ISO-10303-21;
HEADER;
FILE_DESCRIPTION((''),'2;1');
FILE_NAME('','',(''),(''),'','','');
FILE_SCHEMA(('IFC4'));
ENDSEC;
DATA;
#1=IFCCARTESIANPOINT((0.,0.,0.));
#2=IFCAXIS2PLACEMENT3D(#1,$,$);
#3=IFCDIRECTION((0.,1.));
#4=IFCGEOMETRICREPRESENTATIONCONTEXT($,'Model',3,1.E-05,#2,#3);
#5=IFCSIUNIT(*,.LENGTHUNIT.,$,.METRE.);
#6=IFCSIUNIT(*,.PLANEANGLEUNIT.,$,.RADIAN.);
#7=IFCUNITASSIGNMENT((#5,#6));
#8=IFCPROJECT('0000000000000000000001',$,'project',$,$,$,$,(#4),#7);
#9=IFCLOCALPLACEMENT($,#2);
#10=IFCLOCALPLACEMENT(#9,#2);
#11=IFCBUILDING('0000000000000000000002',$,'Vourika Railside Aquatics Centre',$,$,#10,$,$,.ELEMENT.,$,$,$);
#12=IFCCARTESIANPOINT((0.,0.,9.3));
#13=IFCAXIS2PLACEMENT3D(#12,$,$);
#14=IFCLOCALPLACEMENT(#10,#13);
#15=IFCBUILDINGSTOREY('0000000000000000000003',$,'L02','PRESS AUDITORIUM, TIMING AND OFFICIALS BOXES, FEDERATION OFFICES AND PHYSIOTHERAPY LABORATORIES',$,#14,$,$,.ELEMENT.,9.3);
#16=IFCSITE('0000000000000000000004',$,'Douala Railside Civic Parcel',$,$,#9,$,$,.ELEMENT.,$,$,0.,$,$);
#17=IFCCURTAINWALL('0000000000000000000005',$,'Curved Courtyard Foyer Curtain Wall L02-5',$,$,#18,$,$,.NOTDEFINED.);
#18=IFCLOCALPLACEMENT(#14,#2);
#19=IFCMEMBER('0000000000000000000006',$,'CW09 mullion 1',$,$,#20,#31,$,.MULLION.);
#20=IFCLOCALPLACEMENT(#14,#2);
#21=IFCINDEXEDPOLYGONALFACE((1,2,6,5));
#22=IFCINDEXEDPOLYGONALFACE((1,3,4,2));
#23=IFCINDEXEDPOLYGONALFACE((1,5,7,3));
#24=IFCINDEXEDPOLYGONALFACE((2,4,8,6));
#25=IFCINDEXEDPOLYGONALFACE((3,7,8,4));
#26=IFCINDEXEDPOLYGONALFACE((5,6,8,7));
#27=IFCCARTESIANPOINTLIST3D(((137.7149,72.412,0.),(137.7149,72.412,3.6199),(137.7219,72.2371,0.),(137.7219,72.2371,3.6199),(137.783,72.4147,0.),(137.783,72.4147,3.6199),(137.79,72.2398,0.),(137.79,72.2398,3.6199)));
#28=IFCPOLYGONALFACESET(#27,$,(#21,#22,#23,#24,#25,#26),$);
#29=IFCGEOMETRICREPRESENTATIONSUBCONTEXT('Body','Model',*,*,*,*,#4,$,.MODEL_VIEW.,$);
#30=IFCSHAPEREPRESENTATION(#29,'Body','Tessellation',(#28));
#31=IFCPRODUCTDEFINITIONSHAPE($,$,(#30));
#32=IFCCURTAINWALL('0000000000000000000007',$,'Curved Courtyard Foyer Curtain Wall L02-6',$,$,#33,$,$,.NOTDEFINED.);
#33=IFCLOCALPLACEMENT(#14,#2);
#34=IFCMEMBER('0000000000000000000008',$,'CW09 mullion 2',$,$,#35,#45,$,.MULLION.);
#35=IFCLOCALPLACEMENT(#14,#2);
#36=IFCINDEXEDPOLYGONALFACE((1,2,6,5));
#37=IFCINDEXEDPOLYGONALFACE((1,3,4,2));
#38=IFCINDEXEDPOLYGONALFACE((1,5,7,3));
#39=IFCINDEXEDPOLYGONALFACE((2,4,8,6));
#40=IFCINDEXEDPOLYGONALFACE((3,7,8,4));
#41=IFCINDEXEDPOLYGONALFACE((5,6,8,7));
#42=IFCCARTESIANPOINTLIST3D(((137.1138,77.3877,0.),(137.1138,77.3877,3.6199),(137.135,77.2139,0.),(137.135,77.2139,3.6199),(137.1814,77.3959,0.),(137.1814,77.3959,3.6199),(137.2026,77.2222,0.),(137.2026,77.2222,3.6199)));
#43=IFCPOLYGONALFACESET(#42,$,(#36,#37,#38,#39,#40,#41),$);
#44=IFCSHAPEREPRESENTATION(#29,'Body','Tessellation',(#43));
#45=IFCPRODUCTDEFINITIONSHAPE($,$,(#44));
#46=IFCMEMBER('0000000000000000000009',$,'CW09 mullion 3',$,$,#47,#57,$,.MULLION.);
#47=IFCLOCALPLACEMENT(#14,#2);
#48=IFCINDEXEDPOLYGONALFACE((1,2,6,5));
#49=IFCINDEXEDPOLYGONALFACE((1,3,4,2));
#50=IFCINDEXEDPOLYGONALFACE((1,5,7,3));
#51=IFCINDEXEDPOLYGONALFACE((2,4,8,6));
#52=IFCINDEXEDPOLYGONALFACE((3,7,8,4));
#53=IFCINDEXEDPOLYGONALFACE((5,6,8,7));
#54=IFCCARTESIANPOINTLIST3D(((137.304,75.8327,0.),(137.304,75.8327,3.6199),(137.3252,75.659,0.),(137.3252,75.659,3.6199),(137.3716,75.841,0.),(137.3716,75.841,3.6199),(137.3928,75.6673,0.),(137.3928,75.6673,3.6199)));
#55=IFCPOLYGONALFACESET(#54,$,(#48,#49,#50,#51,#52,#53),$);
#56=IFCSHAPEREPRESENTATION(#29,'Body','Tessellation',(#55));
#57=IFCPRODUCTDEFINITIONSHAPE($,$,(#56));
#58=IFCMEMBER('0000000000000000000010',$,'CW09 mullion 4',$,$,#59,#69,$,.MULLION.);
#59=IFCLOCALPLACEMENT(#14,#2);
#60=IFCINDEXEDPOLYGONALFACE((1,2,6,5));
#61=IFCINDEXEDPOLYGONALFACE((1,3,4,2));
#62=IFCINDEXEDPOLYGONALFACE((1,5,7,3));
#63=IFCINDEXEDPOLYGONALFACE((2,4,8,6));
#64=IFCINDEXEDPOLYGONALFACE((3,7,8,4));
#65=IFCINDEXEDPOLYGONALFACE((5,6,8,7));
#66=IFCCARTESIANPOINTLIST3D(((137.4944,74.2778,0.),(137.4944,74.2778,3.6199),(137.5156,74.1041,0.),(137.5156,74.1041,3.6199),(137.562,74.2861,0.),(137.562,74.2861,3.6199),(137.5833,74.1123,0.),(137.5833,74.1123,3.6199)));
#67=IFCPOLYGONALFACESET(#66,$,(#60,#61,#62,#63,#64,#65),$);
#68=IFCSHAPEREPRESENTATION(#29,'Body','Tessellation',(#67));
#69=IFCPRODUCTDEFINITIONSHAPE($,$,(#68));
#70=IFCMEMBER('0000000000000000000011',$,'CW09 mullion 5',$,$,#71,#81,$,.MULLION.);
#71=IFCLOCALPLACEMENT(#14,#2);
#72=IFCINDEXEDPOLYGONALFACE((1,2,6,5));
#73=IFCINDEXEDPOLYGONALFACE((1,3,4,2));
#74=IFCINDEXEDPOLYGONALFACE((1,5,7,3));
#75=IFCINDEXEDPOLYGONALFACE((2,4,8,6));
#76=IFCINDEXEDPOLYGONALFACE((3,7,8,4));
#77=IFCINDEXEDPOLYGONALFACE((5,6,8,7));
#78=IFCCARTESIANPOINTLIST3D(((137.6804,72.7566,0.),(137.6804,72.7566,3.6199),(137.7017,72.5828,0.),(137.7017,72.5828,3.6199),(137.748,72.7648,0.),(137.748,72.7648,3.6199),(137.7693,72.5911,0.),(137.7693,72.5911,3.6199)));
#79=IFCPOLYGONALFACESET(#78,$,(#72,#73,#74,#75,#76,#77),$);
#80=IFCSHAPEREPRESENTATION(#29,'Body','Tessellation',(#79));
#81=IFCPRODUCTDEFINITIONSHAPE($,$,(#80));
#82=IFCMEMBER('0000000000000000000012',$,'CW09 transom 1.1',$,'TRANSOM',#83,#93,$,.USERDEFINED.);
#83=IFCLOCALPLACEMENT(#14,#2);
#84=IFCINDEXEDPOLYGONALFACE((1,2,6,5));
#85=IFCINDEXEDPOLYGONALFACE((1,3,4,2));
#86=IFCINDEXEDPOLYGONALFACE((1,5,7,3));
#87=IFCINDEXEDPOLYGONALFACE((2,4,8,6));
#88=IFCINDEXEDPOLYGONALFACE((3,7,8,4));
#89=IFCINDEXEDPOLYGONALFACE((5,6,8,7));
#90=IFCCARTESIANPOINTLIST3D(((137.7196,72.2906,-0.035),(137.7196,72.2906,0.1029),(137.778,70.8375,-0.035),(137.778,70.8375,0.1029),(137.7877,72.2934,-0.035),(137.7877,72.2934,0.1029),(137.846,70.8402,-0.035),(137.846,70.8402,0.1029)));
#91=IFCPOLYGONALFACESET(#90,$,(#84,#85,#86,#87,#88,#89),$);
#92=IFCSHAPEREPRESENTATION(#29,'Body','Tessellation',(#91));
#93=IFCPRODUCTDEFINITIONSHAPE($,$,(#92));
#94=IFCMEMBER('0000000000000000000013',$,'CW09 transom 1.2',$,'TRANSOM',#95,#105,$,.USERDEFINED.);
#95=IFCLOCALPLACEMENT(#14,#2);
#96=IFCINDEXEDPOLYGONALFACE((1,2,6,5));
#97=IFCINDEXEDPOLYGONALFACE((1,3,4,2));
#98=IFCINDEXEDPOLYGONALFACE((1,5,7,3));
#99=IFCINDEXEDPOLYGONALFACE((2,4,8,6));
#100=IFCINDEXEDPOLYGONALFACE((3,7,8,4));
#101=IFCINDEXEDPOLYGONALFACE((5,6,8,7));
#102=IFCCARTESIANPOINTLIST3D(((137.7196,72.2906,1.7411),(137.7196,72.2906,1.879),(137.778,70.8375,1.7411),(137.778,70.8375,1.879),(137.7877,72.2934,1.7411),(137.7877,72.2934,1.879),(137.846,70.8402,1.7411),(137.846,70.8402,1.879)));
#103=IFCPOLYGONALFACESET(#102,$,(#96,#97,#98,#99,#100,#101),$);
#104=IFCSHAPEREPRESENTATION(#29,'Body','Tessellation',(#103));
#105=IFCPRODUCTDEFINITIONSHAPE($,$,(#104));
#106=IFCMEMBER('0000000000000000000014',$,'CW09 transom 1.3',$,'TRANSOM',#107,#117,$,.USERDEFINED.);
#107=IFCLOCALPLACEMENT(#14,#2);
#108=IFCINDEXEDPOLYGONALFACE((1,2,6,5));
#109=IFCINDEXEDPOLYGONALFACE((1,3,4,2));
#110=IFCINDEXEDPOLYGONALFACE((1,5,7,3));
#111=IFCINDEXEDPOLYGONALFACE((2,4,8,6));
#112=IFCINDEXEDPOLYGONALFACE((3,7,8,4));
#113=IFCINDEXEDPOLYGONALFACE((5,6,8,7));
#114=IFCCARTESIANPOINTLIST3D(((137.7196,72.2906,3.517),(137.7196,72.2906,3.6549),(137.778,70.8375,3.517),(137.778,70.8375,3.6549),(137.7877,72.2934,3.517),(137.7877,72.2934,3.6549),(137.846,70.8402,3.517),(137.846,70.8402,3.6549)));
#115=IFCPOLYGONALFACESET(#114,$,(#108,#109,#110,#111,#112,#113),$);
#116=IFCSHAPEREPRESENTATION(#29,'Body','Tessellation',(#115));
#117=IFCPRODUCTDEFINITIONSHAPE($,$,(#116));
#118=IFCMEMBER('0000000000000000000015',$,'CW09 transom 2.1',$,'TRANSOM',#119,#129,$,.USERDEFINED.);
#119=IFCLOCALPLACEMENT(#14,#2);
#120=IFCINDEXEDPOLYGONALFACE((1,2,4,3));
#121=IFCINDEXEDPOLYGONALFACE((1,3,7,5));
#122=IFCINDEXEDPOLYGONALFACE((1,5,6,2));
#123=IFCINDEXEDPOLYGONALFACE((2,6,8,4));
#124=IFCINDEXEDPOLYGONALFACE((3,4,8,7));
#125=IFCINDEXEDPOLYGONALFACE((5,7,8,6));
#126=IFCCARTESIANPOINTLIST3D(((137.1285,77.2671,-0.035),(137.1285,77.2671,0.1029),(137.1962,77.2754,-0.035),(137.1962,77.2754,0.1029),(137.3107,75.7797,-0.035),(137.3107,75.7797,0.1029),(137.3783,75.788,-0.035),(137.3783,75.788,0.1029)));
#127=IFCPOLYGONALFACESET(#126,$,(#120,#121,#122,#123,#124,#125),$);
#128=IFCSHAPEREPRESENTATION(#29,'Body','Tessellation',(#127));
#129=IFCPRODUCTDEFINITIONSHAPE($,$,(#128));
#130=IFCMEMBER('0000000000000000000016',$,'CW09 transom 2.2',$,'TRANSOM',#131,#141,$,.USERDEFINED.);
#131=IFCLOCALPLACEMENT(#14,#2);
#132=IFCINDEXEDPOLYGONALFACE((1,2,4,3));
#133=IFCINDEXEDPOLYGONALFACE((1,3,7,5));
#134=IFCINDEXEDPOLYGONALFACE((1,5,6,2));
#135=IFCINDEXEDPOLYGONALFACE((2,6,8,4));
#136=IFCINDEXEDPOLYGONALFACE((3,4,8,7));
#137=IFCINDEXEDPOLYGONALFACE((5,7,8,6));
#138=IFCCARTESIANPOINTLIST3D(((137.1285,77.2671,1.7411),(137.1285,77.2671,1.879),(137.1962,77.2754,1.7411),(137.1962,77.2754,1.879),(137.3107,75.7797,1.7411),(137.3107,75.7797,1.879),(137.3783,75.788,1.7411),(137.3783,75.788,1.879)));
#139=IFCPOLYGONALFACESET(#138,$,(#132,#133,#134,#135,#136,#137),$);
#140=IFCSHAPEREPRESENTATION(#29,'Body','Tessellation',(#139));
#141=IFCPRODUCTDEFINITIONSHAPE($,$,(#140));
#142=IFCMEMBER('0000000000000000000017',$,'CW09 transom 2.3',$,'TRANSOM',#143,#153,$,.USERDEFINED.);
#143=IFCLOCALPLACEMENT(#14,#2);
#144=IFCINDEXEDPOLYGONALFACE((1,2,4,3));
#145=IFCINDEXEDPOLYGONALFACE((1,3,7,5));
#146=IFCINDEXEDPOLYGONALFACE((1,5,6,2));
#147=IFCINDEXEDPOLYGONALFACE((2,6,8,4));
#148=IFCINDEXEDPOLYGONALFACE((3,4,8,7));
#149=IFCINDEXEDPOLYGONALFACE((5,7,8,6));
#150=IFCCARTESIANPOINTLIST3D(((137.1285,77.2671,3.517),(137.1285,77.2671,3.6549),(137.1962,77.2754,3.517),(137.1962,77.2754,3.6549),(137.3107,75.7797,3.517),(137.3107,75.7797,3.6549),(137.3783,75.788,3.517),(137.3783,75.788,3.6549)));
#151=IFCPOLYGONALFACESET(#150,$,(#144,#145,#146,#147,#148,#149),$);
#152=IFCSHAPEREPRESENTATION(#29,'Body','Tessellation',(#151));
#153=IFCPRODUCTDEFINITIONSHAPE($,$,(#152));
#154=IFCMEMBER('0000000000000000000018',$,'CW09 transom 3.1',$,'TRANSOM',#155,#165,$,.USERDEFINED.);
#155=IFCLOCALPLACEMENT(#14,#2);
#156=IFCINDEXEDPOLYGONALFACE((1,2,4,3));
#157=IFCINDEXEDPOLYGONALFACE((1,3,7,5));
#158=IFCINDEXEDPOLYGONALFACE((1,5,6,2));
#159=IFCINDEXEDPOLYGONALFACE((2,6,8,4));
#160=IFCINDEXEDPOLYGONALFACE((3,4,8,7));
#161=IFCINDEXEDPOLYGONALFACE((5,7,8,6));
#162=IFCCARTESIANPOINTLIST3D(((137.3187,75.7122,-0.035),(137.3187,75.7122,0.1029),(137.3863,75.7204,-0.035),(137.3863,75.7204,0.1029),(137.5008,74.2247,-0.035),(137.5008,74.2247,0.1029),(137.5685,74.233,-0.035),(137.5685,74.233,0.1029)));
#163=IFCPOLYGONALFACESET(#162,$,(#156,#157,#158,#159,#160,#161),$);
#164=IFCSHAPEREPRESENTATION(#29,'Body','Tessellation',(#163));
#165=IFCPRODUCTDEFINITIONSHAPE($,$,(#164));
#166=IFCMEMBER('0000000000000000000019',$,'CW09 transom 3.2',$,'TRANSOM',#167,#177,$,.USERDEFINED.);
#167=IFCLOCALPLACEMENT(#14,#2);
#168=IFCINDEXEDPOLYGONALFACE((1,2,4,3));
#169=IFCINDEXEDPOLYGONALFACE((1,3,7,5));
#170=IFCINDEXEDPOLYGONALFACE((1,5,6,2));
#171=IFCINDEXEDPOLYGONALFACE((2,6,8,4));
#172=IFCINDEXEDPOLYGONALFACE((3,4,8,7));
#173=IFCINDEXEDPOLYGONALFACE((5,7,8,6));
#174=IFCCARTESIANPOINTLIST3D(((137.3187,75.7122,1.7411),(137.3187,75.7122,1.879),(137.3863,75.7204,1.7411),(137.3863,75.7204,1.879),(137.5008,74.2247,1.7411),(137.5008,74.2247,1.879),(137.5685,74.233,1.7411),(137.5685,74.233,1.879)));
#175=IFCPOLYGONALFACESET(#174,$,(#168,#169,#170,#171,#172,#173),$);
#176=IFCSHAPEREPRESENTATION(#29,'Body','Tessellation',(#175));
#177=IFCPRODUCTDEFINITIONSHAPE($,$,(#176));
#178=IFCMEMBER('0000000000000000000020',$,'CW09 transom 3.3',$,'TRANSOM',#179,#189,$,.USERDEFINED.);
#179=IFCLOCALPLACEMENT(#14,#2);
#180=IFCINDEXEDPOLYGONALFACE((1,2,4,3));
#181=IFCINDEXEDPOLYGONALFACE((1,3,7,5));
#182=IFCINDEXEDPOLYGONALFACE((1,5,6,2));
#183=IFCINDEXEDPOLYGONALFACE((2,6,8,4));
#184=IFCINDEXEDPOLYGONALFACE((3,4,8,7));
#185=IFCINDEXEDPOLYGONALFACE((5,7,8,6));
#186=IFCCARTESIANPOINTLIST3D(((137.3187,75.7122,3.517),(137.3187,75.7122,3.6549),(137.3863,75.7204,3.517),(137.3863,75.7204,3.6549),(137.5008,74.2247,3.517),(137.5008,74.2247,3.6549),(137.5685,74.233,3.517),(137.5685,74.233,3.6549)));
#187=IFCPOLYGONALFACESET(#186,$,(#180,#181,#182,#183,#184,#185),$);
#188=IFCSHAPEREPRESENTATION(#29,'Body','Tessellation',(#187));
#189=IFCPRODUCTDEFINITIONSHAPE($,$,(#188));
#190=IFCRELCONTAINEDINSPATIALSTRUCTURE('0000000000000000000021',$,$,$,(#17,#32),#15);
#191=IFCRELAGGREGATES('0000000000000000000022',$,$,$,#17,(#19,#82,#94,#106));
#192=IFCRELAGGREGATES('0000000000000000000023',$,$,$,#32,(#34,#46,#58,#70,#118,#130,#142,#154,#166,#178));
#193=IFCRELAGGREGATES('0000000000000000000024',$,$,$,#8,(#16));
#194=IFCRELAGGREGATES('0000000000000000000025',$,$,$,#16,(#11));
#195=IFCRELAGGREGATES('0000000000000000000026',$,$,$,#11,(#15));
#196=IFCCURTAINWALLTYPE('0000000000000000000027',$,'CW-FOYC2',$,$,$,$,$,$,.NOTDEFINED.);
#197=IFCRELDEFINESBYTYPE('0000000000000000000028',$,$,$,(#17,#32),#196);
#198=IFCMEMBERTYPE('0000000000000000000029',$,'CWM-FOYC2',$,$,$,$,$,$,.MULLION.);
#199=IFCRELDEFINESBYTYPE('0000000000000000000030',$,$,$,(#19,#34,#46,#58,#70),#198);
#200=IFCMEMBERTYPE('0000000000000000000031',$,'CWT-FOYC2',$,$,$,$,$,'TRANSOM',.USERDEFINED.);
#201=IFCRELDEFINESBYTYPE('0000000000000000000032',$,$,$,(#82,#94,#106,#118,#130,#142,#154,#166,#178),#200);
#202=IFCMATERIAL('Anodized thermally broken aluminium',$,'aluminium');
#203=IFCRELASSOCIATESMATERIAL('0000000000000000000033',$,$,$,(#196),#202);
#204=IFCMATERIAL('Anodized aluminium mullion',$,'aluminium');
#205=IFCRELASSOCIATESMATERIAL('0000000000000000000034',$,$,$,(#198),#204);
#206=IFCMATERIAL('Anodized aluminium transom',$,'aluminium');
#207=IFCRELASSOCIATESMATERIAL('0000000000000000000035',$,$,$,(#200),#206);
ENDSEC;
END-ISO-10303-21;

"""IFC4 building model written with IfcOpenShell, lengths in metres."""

from ifc_helpers import new_model, si_unit, direction, frame, origin, origin_2d, place, context, subcontext, project, spatial, rectangle, extrude, material, material_profile, profile_set, type_object, element, aggregate, save


model = new_model("IFC4")

# Units and contexts
model_context = context("Model", 3, precision=1e-05, world=origin(), true_north=direction((0.0, 1.0)))
body_context = subcontext(model_context, "Body", "Model", "MODEL_VIEW")
ifc_project = project(units=[si_unit("LENGTHUNIT", "METRE"), si_unit("PLANEANGLEUNIT", "RADIAN")], contexts=[model_context])

# Site, building, storey
site_placement = place(None, origin())
site = spatial("IfcSite", under=ifc_project, at=site_placement, Name="Douala Railside Civic Parcel", CompositionType="ELEMENT", RefElevation=0.0)
building_placement = place(site_placement, origin())
building = spatial("IfcBuilding", under=site, at=building_placement, Name="Vourika Railside Aquatics Centre", CompositionType="ELEMENT")
storey_placement = place(building_placement, frame((0.0, 0.0, 9.3)))
storey = spatial("IfcBuildingStorey", under=building, at=storey_placement, Name="L02", Description="PRESS AUDITORIUM, TIMING AND OFFICIALS BOXES, FEDERATION OFFICES AND PHYSIOTHERAPY LABORATORIES", CompositionType="ELEMENT", Elevation=9.3)

# Curtain wall, member
ifc_material_1 = material(Name="Anodized thermally broken aluminium", Category="aluminium")
curtain_wall_type = type_object("IfcCurtainWallType", Name="CW-FOYC2", PredefinedType="NOTDEFINED", material=ifc_material_1)
curtain_wall_1_placement = place(storey_placement, origin())
curtain_wall_1 = element("IfcCurtainWall", 1, at=curtain_wall_1_placement, inside=storey, type_object=curtain_wall_type, Name="Curved Courtyard Foyer Curtain Wall L02-5", PredefinedType="NOTDEFINED")
ifc_material_2 = material(Name="Anodized aluminium mullion", Category="aluminium")
ifc_material_profile_1 = material_profile(ifc_material_2, rectangle(XDim=0.0681, YDim=0.175, at=origin_2d()), Name="ALU-M 68x175")
ifc_profile_set_1 = profile_set([ifc_material_profile_1], Name="Anodized aluminium mullion")
member_type_1 = type_object("IfcMemberType", Name="CWM-FOYC2", PredefinedType="MULLION", material=ifc_profile_set_1)
member_1_placement = place(storey_placement, frame((137.7524, 72.3259, 0.0), z_axis=(0.0, 0.0, 1.0), x_axis=(0.9992, 0.04, 0.0)))
member_1 = element("IfcMember", 2, at=member_1_placement, type_object=member_type_1, Name="CW09 mullion 1", PredefinedType="MULLION", context=body_context, shape_type="SweptSolid", body=[
    extrude(rectangle(XDim=0.0681, YDim=0.175, at=origin_2d()), origin(), (0.0, 0.0, 1.0), 3.6199),
])

# Curtain wall, members
curtain_wall_2_placement = place(storey_placement, origin())
curtain_wall_2 = element("IfcCurtainWall", 3, at=curtain_wall_2_placement, inside=storey, type_object=curtain_wall_type, Name="Curved Courtyard Foyer Curtain Wall L02-6", PredefinedType="NOTDEFINED")
member_2_placement = place(storey_placement, frame((137.1582, 77.3049, 0.0), z_axis=(0.0, 0.0, 1.0), x_axis=(0.992599, 0.121442, 0.0)))
member_2 = element("IfcMember", 4, at=member_2_placement, type_object=member_type_1, Name="CW09 mullion 2", PredefinedType="MULLION", context=body_context, shape_type="SweptSolid", body=[
    extrude(rectangle(XDim=0.0681, YDim=0.175, at=origin_2d()), origin(), (0.0, 0.0, 1.0), 3.6199),
])
member_3_placement = place(storey_placement, frame((137.3484, 75.75, 0.0), z_axis=(0.0, 0.0, 1.0), x_axis=(0.992599, 0.121442, 0.0)))
member_3 = element("IfcMember", 5, at=member_3_placement, type_object=member_type_1, Name="CW09 mullion 3", PredefinedType="MULLION", context=body_context, shape_type="SweptSolid", body=[
    extrude(rectangle(XDim=0.0681, YDim=0.175, at=origin_2d()), origin(), (0.0, 0.0, 1.0), 3.6199),
])
member_4_placement = place(storey_placement, frame((137.5388, 74.1951, 0.0), z_axis=(0.0, 0.0, 1.0), x_axis=(0.992599, 0.121442, 0.0)))
member_4 = element("IfcMember", 6, at=member_4_placement, type_object=member_type_1, Name="CW09 mullion 4", PredefinedType="MULLION", context=body_context, shape_type="SweptSolid", body=[
    extrude(rectangle(XDim=0.0681, YDim=0.175, at=origin_2d()), origin(), (0.0, 0.0, 1.0), 3.6199),
])
member_5_placement = place(storey_placement, frame((137.7249, 72.6738, 0.0), z_axis=(0.0, 0.0, 1.0), x_axis=(0.992599, 0.121442, 0.0)))
member_5 = element("IfcMember", 7, at=member_5_placement, type_object=member_type_1, Name="CW09 mullion 5", PredefinedType="MULLION", context=body_context, shape_type="SweptSolid", body=[
    extrude(rectangle(XDim=0.0681, YDim=0.175, at=origin_2d()), origin(), (0.0, 0.0, 1.0), 3.6199),
])

# Members
ifc_material_3 = material(Name="Anodized aluminium transom", Category="aluminium")
ifc_material_profile_2 = material_profile(ifc_material_3, rectangle(XDim=0.0681, YDim=0.1379, at=origin_2d()), Name="ALU-T 68x138")
ifc_profile_set_2 = profile_set([ifc_material_profile_2], Name="Anodized aluminium transom")
member_type_2 = type_object("IfcMemberType", Name="CWT-FOYC2", ElementType="TRANSOM", PredefinedType="USERDEFINED", material=ifc_profile_set_2)
member_6_placement = place(storey_placement, frame((137.7537, 72.292, 0.0339), z_axis=(0.040122, -0.999195, 0.0), x_axis=(0.999195, 0.040122, 0.0)))
member_6 = element("IfcMember", 8, at=member_6_placement, type_object=member_type_2, Name="CW09 transom 1.1", ObjectType="TRANSOM", PredefinedType="USERDEFINED", context=body_context, shape_type="SweptSolid", body=[
    extrude(rectangle(XDim=0.0681, YDim=0.1379, at=origin_2d()), origin(), (0.0, 0.0, 1.0), 1.4543),
])
member_7_placement = place(storey_placement, frame((137.7537, 72.292, 1.8101), z_axis=(0.040122, -0.999195, 0.0), x_axis=(0.999195, 0.040122, 0.0)))
member_7 = element("IfcMember", 9, at=member_7_placement, type_object=member_type_2, Name="CW09 transom 1.2", ObjectType="TRANSOM", PredefinedType="USERDEFINED", context=body_context, shape_type="SweptSolid", body=[
    extrude(rectangle(XDim=0.0681, YDim=0.1379, at=origin_2d()), origin(), (0.0, 0.0, 1.0), 1.4543),
])
member_8_placement = place(storey_placement, frame((137.7537, 72.292, 3.5859), z_axis=(0.040122, -0.999195, 0.0), x_axis=(0.999195, 0.040122, 0.0)))
member_8 = element("IfcMember", 10, at=member_8_placement, type_object=member_type_2, Name="CW09 transom 1.3", ObjectType="TRANSOM", PredefinedType="USERDEFINED", context=body_context, shape_type="SweptSolid", body=[
    extrude(rectangle(XDim=0.0681, YDim=0.1379, at=origin_2d()), origin(), (0.0, 0.0, 1.0), 1.4543),
])
member_9_placement = place(storey_placement, frame((137.1624, 77.2712, 0.0339), z_axis=(0.121528, -0.992588, 0.0), x_axis=(0.992588, 0.121528, 0.0)))
member_9 = element("IfcMember", 11, at=member_9_placement, type_object=member_type_2, Name="CW09 transom 2.1", ObjectType="TRANSOM", PredefinedType="USERDEFINED", context=body_context, shape_type="SweptSolid", body=[
    extrude(rectangle(XDim=0.0681, YDim=0.1379, at=origin_2d()), origin(), (0.0, 0.0, 1.0), 1.4985),
])
member_10_placement = place(storey_placement, frame((137.1624, 77.2712, 1.8101), z_axis=(0.121528, -0.992588, 0.0), x_axis=(0.992588, 0.121528, 0.0)))
member_10 = element("IfcMember", 12, at=member_10_placement, type_object=member_type_2, Name="CW09 transom 2.2", ObjectType="TRANSOM", PredefinedType="USERDEFINED", context=body_context, shape_type="SweptSolid", body=[
    extrude(rectangle(XDim=0.0681, YDim=0.1379, at=origin_2d()), origin(), (0.0, 0.0, 1.0), 1.4985),
])
member_11_placement = place(storey_placement, frame((137.1624, 77.2712, 3.5859), z_axis=(0.121528, -0.992588, 0.0), x_axis=(0.992588, 0.121528, 0.0)))
member_11 = element("IfcMember", 13, at=member_11_placement, type_object=member_type_2, Name="CW09 transom 2.3", ObjectType="TRANSOM", PredefinedType="USERDEFINED", context=body_context, shape_type="SweptSolid", body=[
    extrude(rectangle(XDim=0.0681, YDim=0.1379, at=origin_2d()), origin(), (0.0, 0.0, 1.0), 1.4985),
])
member_12_placement = place(storey_placement, frame((137.3525, 75.7163, 0.0339), z_axis=(0.121528, -0.992588, 0.0), x_axis=(0.992588, 0.121528, 0.0)))
member_12 = element("IfcMember", 14, at=member_12_placement, type_object=member_type_2, Name="CW09 transom 3.1", ObjectType="TRANSOM", PredefinedType="USERDEFINED", context=body_context, shape_type="SweptSolid", body=[
    extrude(rectangle(XDim=0.0681, YDim=0.1379, at=origin_2d()), origin(), (0.0, 0.0, 1.0), 1.4985),
])
member_13_placement = place(storey_placement, frame((137.3525, 75.7163, 1.8101), z_axis=(0.121528, -0.992588, 0.0), x_axis=(0.992588, 0.121528, 0.0)))
member_13 = element("IfcMember", 15, at=member_13_placement, type_object=member_type_2, Name="CW09 transom 3.2", ObjectType="TRANSOM", PredefinedType="USERDEFINED", context=body_context, shape_type="SweptSolid", body=[
    extrude(rectangle(XDim=0.0681, YDim=0.1379, at=origin_2d()), origin(), (0.0, 0.0, 1.0), 1.4985),
])
member_14_placement = place(storey_placement, frame((137.3525, 75.7163, 3.5859), z_axis=(0.121528, -0.992588, 0.0), x_axis=(0.992588, 0.121528, 0.0)))
member_14 = element("IfcMember", 16, at=member_14_placement, type_object=member_type_2, Name="CW09 transom 3.3", ObjectType="TRANSOM", PredefinedType="USERDEFINED", context=body_context, shape_type="SweptSolid", body=[
    extrude(rectangle(XDim=0.0681, YDim=0.1379, at=origin_2d()), origin(), (0.0, 0.0, 1.0), 1.4985),
])

aggregate(curtain_wall_1, [member_1, member_6, member_7, member_8])
aggregate(curtain_wall_2, [member_2, member_3, member_4, member_5, member_9, member_10, member_11, member_12, member_13, member_14])

save(model, "model.ifc")
